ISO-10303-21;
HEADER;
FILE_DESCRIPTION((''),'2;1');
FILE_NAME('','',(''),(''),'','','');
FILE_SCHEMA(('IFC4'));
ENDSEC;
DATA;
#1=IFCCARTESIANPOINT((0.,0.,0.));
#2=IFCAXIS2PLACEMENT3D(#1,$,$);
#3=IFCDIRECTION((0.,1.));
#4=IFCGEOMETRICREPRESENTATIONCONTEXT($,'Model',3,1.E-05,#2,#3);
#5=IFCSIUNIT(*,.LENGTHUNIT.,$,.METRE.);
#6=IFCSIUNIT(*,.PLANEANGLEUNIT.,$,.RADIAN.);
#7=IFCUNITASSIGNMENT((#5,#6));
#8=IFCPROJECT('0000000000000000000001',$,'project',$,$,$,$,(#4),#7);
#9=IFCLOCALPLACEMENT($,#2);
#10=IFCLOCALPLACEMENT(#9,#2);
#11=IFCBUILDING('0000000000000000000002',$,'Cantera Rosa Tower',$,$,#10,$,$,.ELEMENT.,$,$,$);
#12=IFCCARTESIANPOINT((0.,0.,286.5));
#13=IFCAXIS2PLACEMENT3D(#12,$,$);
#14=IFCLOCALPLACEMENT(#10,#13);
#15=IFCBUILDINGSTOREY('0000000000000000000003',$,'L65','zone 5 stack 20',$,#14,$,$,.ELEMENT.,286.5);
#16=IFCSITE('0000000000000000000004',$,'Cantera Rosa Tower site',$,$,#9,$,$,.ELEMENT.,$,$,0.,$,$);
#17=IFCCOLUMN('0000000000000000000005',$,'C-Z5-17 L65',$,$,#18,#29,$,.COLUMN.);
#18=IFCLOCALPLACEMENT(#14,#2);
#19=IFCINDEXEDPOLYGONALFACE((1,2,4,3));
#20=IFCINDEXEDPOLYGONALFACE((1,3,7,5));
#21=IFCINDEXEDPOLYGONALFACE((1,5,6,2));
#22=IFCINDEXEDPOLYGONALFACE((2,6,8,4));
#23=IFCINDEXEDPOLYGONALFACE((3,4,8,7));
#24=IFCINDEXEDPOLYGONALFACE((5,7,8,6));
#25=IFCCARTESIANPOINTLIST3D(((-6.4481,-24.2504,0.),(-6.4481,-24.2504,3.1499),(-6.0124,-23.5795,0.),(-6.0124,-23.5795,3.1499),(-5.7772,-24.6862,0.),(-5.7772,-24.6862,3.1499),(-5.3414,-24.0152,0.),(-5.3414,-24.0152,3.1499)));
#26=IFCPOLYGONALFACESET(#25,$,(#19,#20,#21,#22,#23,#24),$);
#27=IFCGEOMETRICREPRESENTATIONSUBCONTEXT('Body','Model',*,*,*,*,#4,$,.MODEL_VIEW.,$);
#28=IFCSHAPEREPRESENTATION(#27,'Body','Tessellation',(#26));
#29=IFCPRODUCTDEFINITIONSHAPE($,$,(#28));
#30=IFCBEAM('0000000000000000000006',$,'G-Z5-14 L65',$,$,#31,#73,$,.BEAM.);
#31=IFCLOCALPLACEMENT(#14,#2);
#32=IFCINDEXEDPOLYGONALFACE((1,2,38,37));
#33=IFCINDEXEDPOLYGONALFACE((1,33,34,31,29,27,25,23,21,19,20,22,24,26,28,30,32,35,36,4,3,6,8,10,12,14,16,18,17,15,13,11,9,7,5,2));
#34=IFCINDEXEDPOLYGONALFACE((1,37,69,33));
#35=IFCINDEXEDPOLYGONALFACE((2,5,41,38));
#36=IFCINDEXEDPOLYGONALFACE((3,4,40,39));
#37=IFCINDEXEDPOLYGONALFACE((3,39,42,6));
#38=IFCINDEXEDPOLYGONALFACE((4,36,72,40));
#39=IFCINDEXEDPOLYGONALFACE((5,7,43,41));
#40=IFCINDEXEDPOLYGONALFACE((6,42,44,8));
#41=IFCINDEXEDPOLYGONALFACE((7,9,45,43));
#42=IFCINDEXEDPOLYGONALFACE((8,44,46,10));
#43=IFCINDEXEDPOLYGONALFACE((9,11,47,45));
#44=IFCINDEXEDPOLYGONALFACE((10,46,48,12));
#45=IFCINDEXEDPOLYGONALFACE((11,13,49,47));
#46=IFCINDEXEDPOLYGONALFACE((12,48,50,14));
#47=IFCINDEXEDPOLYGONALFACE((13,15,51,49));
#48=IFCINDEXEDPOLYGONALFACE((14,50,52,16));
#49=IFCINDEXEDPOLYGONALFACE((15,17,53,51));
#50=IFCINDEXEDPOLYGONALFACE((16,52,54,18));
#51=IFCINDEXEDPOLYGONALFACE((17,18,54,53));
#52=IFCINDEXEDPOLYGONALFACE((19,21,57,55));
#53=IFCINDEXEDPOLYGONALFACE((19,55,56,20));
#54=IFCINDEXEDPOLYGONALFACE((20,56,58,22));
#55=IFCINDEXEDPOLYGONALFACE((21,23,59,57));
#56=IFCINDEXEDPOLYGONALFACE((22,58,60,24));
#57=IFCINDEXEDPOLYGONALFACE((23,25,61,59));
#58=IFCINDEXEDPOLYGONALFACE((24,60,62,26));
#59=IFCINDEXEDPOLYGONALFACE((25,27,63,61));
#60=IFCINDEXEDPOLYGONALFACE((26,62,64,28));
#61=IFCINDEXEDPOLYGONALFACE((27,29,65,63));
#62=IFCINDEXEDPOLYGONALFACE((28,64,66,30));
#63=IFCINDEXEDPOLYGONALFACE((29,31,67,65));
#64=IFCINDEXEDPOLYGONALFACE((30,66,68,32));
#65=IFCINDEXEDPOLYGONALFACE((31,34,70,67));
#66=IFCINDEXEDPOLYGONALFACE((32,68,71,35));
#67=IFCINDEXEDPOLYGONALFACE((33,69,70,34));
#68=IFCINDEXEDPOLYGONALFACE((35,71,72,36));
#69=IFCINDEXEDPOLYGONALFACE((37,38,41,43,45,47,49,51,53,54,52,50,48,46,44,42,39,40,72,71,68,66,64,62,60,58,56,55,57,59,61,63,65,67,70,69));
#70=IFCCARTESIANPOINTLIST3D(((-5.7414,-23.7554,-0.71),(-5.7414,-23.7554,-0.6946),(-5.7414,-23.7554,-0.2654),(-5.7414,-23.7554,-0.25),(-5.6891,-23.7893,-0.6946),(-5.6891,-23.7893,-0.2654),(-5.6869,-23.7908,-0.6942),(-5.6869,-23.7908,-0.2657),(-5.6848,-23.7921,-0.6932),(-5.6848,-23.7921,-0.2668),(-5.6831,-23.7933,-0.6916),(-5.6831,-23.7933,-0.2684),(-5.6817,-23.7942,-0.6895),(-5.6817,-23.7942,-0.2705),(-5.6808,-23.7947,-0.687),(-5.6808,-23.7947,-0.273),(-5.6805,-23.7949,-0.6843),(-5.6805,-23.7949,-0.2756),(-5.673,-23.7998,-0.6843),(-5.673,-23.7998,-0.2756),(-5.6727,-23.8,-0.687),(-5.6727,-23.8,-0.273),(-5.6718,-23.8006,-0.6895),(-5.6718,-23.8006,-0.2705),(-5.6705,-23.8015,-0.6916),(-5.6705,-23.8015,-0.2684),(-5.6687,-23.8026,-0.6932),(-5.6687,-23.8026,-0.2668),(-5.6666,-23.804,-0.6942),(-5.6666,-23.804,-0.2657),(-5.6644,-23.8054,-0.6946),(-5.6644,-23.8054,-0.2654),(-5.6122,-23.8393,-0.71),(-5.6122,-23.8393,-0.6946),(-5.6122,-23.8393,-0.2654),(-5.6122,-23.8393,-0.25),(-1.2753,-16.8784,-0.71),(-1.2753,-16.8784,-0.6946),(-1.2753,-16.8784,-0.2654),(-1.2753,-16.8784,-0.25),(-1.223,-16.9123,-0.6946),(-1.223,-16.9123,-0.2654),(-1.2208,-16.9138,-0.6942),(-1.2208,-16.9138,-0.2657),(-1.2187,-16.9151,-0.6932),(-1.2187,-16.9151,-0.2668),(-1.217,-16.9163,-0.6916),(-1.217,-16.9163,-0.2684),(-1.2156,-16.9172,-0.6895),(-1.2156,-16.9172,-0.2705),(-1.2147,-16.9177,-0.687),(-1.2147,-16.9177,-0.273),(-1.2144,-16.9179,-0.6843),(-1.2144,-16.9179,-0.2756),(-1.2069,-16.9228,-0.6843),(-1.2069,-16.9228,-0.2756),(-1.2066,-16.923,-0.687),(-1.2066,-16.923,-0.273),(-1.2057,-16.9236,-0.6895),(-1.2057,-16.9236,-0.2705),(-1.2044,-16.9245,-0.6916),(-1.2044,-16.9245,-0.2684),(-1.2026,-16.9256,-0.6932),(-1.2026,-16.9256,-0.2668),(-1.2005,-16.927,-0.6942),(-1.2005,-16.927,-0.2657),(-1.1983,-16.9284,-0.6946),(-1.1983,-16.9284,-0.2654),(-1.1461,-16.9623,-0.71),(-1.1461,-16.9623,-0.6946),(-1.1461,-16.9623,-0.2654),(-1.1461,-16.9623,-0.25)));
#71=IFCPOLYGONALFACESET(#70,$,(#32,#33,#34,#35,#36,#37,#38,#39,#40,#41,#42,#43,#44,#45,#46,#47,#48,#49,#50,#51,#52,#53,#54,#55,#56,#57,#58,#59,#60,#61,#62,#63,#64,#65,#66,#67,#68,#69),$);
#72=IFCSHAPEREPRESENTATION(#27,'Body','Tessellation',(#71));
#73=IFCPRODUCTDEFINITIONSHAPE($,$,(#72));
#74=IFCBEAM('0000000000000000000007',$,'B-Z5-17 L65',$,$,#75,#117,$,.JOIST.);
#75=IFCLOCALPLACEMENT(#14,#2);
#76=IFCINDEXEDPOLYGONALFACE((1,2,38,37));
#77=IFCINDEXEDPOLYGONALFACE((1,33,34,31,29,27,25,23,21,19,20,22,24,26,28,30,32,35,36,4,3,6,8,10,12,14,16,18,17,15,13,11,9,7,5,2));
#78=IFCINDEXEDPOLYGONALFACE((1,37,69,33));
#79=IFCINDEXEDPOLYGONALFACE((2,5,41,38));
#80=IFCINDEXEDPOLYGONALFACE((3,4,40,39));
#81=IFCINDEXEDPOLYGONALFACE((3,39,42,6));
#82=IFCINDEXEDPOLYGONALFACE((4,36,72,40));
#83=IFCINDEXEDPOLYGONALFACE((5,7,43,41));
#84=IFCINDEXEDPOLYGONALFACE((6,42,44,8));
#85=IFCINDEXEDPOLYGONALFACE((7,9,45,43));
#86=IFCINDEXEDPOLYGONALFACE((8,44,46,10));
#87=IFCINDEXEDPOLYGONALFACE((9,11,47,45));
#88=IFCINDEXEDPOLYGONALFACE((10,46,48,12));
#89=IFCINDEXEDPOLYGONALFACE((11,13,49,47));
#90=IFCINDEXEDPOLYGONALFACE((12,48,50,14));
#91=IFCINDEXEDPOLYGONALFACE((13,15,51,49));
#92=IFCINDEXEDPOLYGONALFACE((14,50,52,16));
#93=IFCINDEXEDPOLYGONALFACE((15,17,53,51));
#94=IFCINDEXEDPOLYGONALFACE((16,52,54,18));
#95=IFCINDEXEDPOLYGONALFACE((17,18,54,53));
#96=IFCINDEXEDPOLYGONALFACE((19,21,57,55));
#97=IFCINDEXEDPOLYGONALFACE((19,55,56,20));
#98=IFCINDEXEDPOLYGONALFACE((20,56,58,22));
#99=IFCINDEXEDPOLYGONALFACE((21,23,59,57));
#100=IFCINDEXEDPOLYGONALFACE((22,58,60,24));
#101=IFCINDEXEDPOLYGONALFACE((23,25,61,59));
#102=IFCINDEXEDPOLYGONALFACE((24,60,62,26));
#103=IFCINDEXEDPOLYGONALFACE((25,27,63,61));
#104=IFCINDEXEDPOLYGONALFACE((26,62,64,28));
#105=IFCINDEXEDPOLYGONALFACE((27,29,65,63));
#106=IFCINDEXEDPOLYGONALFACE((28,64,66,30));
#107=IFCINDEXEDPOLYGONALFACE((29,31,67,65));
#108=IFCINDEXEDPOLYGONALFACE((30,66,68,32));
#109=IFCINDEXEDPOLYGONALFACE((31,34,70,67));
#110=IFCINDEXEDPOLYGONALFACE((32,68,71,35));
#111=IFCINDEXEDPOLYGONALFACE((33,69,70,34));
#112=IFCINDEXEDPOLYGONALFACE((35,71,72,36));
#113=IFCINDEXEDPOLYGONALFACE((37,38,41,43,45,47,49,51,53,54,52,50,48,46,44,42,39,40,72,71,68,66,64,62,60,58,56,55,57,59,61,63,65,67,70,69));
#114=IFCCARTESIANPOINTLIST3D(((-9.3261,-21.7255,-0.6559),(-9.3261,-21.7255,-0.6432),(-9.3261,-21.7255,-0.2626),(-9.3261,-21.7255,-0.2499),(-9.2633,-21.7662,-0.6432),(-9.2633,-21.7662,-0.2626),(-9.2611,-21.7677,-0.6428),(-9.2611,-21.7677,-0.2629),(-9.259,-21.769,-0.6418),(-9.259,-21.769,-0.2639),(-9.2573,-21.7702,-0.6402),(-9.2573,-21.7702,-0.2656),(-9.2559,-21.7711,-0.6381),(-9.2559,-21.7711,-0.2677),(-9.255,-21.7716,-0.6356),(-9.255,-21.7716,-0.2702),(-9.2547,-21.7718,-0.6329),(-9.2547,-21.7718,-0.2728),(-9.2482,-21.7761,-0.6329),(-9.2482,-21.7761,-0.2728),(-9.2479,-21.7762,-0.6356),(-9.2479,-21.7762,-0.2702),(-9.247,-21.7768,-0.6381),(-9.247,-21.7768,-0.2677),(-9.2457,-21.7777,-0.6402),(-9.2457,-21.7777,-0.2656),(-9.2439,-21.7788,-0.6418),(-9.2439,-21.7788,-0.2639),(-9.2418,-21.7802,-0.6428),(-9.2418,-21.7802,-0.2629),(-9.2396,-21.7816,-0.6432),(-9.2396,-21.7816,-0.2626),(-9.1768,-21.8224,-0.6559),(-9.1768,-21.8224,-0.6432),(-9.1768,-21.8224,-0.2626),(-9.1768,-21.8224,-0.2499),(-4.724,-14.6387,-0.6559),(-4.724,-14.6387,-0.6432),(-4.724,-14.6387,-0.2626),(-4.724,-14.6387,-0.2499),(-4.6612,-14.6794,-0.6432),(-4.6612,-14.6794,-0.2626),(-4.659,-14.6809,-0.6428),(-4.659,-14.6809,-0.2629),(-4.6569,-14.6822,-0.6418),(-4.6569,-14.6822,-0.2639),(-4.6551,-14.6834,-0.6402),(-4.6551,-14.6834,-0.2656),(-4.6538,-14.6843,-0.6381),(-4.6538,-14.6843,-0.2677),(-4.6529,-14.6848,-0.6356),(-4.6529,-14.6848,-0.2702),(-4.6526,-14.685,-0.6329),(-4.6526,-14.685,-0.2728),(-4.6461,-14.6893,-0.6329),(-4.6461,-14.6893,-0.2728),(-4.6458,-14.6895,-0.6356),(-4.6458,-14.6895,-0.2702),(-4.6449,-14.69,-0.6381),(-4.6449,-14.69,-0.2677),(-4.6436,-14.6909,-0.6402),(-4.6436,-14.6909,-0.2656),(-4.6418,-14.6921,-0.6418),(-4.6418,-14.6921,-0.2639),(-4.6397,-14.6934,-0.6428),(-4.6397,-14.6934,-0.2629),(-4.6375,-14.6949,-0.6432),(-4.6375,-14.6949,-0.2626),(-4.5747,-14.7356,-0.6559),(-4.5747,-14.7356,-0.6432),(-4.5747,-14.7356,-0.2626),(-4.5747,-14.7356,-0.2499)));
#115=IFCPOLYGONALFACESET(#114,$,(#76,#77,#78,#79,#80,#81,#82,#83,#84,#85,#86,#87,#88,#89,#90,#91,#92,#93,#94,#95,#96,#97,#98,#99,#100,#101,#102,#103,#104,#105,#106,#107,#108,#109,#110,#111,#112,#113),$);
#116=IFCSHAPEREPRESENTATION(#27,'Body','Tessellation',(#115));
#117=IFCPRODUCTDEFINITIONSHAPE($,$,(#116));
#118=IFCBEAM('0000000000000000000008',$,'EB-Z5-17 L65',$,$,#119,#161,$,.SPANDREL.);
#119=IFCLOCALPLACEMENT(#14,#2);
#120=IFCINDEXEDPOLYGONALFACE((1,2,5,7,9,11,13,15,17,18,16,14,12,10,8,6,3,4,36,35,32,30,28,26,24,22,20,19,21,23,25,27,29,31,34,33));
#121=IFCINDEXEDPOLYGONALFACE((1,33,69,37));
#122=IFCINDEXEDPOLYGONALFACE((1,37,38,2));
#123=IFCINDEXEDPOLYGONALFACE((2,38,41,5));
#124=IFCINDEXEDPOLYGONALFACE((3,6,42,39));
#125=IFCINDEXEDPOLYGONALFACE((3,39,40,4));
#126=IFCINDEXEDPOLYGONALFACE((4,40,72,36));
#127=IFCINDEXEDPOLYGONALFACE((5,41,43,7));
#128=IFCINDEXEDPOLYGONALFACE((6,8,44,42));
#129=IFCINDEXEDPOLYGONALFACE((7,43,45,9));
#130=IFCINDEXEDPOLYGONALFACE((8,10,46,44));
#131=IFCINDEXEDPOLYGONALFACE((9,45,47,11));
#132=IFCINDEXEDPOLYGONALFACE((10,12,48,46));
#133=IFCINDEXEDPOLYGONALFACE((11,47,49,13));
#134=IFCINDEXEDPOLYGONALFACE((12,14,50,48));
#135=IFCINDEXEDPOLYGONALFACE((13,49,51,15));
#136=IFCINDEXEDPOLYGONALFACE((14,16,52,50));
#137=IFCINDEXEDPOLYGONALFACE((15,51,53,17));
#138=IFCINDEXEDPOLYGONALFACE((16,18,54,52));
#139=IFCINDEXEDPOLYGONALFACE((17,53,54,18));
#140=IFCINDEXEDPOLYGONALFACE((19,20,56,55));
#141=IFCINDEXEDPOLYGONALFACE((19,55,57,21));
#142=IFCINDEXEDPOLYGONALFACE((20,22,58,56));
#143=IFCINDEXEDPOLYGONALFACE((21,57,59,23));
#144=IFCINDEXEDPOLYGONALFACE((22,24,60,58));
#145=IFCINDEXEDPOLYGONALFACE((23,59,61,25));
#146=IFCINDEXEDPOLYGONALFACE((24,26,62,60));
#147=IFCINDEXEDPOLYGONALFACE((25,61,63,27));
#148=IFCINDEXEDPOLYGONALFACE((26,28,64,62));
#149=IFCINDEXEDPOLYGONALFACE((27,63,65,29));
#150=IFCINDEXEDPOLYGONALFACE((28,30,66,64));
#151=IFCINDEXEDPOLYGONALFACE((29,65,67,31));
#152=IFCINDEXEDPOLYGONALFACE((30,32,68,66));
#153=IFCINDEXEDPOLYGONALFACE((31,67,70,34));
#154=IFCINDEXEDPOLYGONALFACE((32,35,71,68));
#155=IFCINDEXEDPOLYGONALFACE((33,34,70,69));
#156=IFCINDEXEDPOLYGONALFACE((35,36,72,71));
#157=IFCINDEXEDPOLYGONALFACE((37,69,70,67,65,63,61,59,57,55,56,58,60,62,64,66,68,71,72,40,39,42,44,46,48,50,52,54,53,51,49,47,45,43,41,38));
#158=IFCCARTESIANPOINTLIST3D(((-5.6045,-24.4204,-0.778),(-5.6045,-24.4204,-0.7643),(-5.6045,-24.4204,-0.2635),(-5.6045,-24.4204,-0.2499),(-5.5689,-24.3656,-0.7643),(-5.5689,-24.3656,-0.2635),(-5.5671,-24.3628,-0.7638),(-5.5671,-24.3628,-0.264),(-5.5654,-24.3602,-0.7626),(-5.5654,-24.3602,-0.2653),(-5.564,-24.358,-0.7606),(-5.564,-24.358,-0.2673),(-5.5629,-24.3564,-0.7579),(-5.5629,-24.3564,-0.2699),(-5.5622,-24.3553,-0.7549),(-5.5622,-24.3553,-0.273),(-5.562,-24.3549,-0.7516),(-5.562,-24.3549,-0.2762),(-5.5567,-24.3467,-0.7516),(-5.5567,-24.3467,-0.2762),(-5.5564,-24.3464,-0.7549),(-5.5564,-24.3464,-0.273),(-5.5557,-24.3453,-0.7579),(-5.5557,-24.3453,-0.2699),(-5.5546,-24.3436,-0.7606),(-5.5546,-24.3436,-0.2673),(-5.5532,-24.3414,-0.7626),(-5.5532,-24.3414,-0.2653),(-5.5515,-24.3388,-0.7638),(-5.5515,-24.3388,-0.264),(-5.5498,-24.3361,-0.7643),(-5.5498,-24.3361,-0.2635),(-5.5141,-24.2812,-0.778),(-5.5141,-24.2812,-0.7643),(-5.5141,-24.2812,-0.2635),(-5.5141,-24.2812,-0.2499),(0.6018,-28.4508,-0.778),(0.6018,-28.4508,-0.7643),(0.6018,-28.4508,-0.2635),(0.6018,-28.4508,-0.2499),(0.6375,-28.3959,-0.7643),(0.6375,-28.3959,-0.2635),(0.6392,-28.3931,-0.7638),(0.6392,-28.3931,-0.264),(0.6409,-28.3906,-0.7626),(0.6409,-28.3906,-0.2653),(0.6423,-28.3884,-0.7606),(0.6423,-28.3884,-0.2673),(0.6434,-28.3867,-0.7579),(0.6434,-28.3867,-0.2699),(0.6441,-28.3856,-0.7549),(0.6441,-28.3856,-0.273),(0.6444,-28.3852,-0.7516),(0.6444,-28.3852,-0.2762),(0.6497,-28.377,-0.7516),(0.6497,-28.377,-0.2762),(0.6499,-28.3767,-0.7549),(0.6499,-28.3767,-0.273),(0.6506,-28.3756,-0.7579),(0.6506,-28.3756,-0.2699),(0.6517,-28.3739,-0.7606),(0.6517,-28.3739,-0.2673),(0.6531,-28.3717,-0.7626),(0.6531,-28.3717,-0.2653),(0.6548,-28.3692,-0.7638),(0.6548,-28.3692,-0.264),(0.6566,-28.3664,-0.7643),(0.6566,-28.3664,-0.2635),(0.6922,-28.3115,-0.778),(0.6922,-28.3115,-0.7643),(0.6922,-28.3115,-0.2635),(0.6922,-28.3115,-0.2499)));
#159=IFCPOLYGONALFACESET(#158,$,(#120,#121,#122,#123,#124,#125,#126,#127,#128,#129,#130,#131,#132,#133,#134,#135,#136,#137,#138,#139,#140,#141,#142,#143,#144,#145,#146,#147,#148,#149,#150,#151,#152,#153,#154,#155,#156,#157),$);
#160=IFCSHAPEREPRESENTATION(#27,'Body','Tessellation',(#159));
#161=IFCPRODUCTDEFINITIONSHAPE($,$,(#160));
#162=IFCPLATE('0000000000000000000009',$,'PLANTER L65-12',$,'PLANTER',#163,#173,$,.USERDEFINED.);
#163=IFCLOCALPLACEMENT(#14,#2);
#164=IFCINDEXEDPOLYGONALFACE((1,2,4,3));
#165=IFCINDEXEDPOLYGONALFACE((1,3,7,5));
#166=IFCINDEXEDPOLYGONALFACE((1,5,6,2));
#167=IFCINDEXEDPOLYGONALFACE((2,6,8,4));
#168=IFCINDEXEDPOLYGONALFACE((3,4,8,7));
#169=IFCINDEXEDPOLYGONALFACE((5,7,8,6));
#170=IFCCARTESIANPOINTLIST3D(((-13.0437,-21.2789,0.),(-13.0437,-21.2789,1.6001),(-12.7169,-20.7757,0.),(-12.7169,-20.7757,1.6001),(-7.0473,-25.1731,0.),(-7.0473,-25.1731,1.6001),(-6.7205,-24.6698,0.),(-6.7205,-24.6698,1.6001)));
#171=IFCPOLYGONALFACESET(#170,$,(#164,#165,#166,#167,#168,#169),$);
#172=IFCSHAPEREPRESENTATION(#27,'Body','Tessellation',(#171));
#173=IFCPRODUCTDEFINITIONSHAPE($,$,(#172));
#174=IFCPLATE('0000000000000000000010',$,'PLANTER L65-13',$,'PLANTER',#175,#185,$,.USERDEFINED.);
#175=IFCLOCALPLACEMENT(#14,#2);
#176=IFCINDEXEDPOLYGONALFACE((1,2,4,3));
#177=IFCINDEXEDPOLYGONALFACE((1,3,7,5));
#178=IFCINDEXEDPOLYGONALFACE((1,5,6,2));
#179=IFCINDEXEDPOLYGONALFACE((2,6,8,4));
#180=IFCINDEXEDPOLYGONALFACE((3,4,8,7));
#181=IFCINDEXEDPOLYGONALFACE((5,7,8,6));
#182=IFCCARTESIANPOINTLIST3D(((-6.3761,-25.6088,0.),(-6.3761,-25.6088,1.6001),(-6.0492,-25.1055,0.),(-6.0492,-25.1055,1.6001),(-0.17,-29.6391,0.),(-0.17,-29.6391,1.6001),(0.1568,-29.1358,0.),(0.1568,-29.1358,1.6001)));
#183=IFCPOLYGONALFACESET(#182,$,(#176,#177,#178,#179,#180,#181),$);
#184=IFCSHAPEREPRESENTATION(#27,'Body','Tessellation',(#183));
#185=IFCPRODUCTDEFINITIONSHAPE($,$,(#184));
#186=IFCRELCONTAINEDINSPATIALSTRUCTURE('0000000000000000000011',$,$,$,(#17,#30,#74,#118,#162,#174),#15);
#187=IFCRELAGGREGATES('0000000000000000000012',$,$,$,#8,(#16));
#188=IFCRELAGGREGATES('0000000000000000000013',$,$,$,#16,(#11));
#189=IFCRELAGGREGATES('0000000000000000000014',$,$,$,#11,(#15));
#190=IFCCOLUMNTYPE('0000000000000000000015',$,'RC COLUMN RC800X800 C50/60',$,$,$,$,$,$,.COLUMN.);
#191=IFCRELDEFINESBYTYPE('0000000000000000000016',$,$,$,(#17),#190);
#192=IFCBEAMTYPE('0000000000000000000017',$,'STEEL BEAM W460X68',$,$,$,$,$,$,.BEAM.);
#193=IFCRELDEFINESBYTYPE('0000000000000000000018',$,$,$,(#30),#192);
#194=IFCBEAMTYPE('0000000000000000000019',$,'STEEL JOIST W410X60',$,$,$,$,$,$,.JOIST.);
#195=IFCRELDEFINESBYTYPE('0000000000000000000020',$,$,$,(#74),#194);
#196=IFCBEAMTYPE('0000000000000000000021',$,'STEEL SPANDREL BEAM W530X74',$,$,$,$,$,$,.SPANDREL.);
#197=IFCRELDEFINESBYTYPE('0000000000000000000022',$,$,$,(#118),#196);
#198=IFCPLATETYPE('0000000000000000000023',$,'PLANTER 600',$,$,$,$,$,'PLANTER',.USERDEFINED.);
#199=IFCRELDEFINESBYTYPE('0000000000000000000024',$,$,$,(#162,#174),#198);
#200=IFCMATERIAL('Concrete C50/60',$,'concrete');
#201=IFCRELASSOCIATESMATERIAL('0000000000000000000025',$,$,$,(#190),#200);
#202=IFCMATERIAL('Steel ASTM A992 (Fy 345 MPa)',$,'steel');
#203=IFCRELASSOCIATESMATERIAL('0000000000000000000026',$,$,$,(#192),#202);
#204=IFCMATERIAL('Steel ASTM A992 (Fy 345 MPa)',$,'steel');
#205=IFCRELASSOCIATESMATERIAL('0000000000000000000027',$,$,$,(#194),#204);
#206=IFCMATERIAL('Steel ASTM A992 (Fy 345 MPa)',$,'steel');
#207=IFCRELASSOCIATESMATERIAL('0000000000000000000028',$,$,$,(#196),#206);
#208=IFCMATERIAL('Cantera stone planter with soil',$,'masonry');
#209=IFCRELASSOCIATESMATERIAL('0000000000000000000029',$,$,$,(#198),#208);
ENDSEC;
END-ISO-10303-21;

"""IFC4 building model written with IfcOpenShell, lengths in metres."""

from ifc_helpers import new_model, si_unit, direction, frame, origin, origin_2d, place, context, subcontext, project, spatial, rectangle, i_section, extrude, material, material_profile, profile_set, type_object, element, save


model = new_model("IFC4")

# Units and contexts
model_context = context("Model", 3, precision=1e-05, world=origin(), true_north=direction((0.0, 1.0)))
body_context = subcontext(model_context, "Body", "Model", "MODEL_VIEW")
ifc_project = project(units=[si_unit("LENGTHUNIT", "METRE"), si_unit("PLANEANGLEUNIT", "RADIAN")], contexts=[model_context])

# Site, building, storey
site_placement = place(None, origin())
site = spatial("IfcSite", under=ifc_project, at=site_placement, Name="Cantera Rosa Tower site", CompositionType="ELEMENT", RefElevation=0.0)
building_placement = place(site_placement, origin())
building = spatial("IfcBuilding", under=site, at=building_placement, Name="Cantera Rosa Tower", CompositionType="ELEMENT")
storey_placement = place(building_placement, frame((0.0, 0.0, 286.5)))
storey = spatial("IfcBuildingStorey", under=building, at=storey_placement, Name="L65", Description="zone 5 stack 20", CompositionType="ELEMENT", Elevation=286.5)

# Column
ifc_material_1 = material(Name="Concrete C50/60", Category="concrete")
ifc_material_profile_1 = material_profile(ifc_material_1, rectangle(XDim=0.8, YDim=0.8, at=origin_2d()), Name="RC COLUMN RC800X800 C50/60")
ifc_profile_set_1 = profile_set([ifc_material_profile_1], Name="Concrete C50/60")
column_type = type_object("IfcColumnType", Name="RC COLUMN RC800X800 C50/60", PredefinedType="COLUMN", material=ifc_profile_set_1)
column_placement = place(storey_placement, frame((-5.8948, -24.1328, 0.0), z_axis=(0.0, 0.0, 1.0), x_axis=(0.544639, 0.838671, 0.0)))
element("IfcColumn", 1, at=column_placement, inside=storey, type_object=column_type, Name="C-Z5-17 L65", PredefinedType="COLUMN", context=body_context, shape_type="SweptSolid", body=[
    extrude(rectangle(XDim=0.8, YDim=0.8, at=origin_2d()), origin(), (0.0, 0.0, 1.0), 3.1499),
])

# Beams
ifc_material_2 = material(Name="Steel ASTM A992 (Fy 345 MPa)", Category="steel")
ifc_material_profile_2 = material_profile(ifc_material_2, i_section(OverallWidth=0.1541, OverallDepth=0.46, WebThickness=0.009, FlangeThickness=0.0154, FilletRadius=0.0103, at=origin_2d()), Name="W460X68")
ifc_profile_set_2 = profile_set([ifc_material_profile_2], Name="Steel ASTM A992 (Fy 345 MPa)")
beam_type_1 = type_object("IfcBeamType", Name="STEEL BEAM W460X68", PredefinedType="BEAM", material=ifc_profile_set_2)
beam_1_placement = place(storey_placement, frame((-5.6768, -23.7974, -0.48), z_axis=(0.544649, 0.838664, 0.0), x_axis=(-0.838664, 0.544649, 0.0)))
element("IfcBeam", 2, at=beam_1_placement, inside=storey, type_object=beam_type_1, Name="G-Z5-14 L65", PredefinedType="BEAM", context=body_context, shape_type="SweptSolid", body=[
    extrude(i_section(OverallWidth=0.1541, OverallDepth=0.46, WebThickness=0.009, FlangeThickness=0.0154, FilletRadius=0.0103, at=origin_2d()), origin(), (0.0, 0.0, 1.0), 8.2),
])
ifc_material_3 = material(Name="Steel ASTM A992 (Fy 345 MPa)", Category="steel")
ifc_material_profile_3 = material_profile(ifc_material_3, i_section(OverallWidth=0.178, OverallDepth=0.406, WebThickness=0.0078, FlangeThickness=0.0127, FilletRadius=0.0103, at=origin_2d()), Name="W410X60")
ifc_profile_set_3 = profile_set([ifc_material_profile_3], Name="Steel ASTM A992 (Fy 345 MPa)")
beam_type_2 = type_object("IfcBeamType", Name="STEEL JOIST W410X60", PredefinedType="JOIST", material=ifc_profile_set_3)
beam_2_placement = place(storey_placement, frame((-9.2515, -21.7739, -0.4529), z_axis=(0.544632, 0.838675, 0.0), x_axis=(-0.838675, 0.544632, 0.0)))
element("IfcBeam", 3, at=beam_2_placement, inside=storey, type_object=beam_type_2, Name="B-Z5-17 L65", PredefinedType="JOIST", context=body_context, shape_type="SweptSolid", body=[
    extrude(i_section(OverallWidth=0.178, OverallDepth=0.406, WebThickness=0.0078, FlangeThickness=0.0127, FilletRadius=0.0103, at=origin_2d()), origin(), (0.0, 0.0, 1.0), 8.45),
])
ifc_material_4 = material(Name="Steel ASTM A992 (Fy 345 MPa)", Category="steel")
ifc_material_profile_4 = material_profile(ifc_material_4, i_section(OverallWidth=0.166, OverallDepth=0.5281, WebThickness=0.0098, FlangeThickness=0.0137, FilletRadius=0.0127, at=origin_2d()), Name="W530X74")
ifc_profile_set_4 = profile_set([ifc_material_profile_4], Name="Steel ASTM A992 (Fy 345 MPa)")
beam_type_3 = type_object("IfcBeamType", Name="STEEL SPANDREL BEAM W530X74", PredefinedType="SPANDREL", material=ifc_profile_set_4)
beam_3_placement = place(storey_placement, frame((-5.5593, -24.3508, -0.5139), z_axis=(0.838679, -0.544625, 0.0), x_axis=(0.544625, 0.838679, 0.0)))
element("IfcBeam", 4, at=beam_3_placement, inside=storey, type_object=beam_type_3, Name="EB-Z5-17 L65", PredefinedType="SPANDREL", context=body_context, shape_type="SweptSolid", body=[
    extrude(i_section(OverallWidth=0.166, OverallDepth=0.5281, WebThickness=0.0098, FlangeThickness=0.0137, FilletRadius=0.0127, at=origin_2d()), origin(), (0.0, 0.0, 1.0), 7.4001),
])

# Plates
ifc_material_5 = material(Name="Cantera stone planter with soil", Category="masonry")
plate_type = type_object("IfcPlateType", Name="PLANTER 600", ElementType="PLANTER", PredefinedType="USERDEFINED", material=ifc_material_5)
plate_1_placement = place(storey_placement, frame((-9.8821, -22.9744, 0.0), z_axis=(0.0, 0.0, 1.0), x_axis=(0.838671, -0.544639, 0.0)))
element("IfcPlate", 5, at=plate_1_placement, inside=storey, type_object=plate_type, Name="PLANTER L65-12", ObjectType="PLANTER", PredefinedType="USERDEFINED", context=body_context, shape_type="SweptSolid", body=[
    extrude(rectangle(XDim=7.1499, YDim=0.6001, at=origin_2d()), origin(), (0.0, 0.0, 1.0), 1.6001),
])
plate_2_placement = place(storey_placement, frame((-3.1096, -27.3723, 0.0), z_axis=(0.0, 0.0, 1.0), x_axis=(0.838671, -0.544639, 0.0)))
element("IfcPlate", 6, at=plate_2_placement, inside=storey, type_object=plate_type, Name="PLANTER L65-13", ObjectType="PLANTER", PredefinedType="USERDEFINED", context=body_context, shape_type="SweptSolid", body=[
    extrude(rectangle(XDim=7.3999, YDim=0.6001, at=origin_2d()), origin(), (0.0, 0.0, 1.0), 1.6001),
])

save(model, "model.ifc")
